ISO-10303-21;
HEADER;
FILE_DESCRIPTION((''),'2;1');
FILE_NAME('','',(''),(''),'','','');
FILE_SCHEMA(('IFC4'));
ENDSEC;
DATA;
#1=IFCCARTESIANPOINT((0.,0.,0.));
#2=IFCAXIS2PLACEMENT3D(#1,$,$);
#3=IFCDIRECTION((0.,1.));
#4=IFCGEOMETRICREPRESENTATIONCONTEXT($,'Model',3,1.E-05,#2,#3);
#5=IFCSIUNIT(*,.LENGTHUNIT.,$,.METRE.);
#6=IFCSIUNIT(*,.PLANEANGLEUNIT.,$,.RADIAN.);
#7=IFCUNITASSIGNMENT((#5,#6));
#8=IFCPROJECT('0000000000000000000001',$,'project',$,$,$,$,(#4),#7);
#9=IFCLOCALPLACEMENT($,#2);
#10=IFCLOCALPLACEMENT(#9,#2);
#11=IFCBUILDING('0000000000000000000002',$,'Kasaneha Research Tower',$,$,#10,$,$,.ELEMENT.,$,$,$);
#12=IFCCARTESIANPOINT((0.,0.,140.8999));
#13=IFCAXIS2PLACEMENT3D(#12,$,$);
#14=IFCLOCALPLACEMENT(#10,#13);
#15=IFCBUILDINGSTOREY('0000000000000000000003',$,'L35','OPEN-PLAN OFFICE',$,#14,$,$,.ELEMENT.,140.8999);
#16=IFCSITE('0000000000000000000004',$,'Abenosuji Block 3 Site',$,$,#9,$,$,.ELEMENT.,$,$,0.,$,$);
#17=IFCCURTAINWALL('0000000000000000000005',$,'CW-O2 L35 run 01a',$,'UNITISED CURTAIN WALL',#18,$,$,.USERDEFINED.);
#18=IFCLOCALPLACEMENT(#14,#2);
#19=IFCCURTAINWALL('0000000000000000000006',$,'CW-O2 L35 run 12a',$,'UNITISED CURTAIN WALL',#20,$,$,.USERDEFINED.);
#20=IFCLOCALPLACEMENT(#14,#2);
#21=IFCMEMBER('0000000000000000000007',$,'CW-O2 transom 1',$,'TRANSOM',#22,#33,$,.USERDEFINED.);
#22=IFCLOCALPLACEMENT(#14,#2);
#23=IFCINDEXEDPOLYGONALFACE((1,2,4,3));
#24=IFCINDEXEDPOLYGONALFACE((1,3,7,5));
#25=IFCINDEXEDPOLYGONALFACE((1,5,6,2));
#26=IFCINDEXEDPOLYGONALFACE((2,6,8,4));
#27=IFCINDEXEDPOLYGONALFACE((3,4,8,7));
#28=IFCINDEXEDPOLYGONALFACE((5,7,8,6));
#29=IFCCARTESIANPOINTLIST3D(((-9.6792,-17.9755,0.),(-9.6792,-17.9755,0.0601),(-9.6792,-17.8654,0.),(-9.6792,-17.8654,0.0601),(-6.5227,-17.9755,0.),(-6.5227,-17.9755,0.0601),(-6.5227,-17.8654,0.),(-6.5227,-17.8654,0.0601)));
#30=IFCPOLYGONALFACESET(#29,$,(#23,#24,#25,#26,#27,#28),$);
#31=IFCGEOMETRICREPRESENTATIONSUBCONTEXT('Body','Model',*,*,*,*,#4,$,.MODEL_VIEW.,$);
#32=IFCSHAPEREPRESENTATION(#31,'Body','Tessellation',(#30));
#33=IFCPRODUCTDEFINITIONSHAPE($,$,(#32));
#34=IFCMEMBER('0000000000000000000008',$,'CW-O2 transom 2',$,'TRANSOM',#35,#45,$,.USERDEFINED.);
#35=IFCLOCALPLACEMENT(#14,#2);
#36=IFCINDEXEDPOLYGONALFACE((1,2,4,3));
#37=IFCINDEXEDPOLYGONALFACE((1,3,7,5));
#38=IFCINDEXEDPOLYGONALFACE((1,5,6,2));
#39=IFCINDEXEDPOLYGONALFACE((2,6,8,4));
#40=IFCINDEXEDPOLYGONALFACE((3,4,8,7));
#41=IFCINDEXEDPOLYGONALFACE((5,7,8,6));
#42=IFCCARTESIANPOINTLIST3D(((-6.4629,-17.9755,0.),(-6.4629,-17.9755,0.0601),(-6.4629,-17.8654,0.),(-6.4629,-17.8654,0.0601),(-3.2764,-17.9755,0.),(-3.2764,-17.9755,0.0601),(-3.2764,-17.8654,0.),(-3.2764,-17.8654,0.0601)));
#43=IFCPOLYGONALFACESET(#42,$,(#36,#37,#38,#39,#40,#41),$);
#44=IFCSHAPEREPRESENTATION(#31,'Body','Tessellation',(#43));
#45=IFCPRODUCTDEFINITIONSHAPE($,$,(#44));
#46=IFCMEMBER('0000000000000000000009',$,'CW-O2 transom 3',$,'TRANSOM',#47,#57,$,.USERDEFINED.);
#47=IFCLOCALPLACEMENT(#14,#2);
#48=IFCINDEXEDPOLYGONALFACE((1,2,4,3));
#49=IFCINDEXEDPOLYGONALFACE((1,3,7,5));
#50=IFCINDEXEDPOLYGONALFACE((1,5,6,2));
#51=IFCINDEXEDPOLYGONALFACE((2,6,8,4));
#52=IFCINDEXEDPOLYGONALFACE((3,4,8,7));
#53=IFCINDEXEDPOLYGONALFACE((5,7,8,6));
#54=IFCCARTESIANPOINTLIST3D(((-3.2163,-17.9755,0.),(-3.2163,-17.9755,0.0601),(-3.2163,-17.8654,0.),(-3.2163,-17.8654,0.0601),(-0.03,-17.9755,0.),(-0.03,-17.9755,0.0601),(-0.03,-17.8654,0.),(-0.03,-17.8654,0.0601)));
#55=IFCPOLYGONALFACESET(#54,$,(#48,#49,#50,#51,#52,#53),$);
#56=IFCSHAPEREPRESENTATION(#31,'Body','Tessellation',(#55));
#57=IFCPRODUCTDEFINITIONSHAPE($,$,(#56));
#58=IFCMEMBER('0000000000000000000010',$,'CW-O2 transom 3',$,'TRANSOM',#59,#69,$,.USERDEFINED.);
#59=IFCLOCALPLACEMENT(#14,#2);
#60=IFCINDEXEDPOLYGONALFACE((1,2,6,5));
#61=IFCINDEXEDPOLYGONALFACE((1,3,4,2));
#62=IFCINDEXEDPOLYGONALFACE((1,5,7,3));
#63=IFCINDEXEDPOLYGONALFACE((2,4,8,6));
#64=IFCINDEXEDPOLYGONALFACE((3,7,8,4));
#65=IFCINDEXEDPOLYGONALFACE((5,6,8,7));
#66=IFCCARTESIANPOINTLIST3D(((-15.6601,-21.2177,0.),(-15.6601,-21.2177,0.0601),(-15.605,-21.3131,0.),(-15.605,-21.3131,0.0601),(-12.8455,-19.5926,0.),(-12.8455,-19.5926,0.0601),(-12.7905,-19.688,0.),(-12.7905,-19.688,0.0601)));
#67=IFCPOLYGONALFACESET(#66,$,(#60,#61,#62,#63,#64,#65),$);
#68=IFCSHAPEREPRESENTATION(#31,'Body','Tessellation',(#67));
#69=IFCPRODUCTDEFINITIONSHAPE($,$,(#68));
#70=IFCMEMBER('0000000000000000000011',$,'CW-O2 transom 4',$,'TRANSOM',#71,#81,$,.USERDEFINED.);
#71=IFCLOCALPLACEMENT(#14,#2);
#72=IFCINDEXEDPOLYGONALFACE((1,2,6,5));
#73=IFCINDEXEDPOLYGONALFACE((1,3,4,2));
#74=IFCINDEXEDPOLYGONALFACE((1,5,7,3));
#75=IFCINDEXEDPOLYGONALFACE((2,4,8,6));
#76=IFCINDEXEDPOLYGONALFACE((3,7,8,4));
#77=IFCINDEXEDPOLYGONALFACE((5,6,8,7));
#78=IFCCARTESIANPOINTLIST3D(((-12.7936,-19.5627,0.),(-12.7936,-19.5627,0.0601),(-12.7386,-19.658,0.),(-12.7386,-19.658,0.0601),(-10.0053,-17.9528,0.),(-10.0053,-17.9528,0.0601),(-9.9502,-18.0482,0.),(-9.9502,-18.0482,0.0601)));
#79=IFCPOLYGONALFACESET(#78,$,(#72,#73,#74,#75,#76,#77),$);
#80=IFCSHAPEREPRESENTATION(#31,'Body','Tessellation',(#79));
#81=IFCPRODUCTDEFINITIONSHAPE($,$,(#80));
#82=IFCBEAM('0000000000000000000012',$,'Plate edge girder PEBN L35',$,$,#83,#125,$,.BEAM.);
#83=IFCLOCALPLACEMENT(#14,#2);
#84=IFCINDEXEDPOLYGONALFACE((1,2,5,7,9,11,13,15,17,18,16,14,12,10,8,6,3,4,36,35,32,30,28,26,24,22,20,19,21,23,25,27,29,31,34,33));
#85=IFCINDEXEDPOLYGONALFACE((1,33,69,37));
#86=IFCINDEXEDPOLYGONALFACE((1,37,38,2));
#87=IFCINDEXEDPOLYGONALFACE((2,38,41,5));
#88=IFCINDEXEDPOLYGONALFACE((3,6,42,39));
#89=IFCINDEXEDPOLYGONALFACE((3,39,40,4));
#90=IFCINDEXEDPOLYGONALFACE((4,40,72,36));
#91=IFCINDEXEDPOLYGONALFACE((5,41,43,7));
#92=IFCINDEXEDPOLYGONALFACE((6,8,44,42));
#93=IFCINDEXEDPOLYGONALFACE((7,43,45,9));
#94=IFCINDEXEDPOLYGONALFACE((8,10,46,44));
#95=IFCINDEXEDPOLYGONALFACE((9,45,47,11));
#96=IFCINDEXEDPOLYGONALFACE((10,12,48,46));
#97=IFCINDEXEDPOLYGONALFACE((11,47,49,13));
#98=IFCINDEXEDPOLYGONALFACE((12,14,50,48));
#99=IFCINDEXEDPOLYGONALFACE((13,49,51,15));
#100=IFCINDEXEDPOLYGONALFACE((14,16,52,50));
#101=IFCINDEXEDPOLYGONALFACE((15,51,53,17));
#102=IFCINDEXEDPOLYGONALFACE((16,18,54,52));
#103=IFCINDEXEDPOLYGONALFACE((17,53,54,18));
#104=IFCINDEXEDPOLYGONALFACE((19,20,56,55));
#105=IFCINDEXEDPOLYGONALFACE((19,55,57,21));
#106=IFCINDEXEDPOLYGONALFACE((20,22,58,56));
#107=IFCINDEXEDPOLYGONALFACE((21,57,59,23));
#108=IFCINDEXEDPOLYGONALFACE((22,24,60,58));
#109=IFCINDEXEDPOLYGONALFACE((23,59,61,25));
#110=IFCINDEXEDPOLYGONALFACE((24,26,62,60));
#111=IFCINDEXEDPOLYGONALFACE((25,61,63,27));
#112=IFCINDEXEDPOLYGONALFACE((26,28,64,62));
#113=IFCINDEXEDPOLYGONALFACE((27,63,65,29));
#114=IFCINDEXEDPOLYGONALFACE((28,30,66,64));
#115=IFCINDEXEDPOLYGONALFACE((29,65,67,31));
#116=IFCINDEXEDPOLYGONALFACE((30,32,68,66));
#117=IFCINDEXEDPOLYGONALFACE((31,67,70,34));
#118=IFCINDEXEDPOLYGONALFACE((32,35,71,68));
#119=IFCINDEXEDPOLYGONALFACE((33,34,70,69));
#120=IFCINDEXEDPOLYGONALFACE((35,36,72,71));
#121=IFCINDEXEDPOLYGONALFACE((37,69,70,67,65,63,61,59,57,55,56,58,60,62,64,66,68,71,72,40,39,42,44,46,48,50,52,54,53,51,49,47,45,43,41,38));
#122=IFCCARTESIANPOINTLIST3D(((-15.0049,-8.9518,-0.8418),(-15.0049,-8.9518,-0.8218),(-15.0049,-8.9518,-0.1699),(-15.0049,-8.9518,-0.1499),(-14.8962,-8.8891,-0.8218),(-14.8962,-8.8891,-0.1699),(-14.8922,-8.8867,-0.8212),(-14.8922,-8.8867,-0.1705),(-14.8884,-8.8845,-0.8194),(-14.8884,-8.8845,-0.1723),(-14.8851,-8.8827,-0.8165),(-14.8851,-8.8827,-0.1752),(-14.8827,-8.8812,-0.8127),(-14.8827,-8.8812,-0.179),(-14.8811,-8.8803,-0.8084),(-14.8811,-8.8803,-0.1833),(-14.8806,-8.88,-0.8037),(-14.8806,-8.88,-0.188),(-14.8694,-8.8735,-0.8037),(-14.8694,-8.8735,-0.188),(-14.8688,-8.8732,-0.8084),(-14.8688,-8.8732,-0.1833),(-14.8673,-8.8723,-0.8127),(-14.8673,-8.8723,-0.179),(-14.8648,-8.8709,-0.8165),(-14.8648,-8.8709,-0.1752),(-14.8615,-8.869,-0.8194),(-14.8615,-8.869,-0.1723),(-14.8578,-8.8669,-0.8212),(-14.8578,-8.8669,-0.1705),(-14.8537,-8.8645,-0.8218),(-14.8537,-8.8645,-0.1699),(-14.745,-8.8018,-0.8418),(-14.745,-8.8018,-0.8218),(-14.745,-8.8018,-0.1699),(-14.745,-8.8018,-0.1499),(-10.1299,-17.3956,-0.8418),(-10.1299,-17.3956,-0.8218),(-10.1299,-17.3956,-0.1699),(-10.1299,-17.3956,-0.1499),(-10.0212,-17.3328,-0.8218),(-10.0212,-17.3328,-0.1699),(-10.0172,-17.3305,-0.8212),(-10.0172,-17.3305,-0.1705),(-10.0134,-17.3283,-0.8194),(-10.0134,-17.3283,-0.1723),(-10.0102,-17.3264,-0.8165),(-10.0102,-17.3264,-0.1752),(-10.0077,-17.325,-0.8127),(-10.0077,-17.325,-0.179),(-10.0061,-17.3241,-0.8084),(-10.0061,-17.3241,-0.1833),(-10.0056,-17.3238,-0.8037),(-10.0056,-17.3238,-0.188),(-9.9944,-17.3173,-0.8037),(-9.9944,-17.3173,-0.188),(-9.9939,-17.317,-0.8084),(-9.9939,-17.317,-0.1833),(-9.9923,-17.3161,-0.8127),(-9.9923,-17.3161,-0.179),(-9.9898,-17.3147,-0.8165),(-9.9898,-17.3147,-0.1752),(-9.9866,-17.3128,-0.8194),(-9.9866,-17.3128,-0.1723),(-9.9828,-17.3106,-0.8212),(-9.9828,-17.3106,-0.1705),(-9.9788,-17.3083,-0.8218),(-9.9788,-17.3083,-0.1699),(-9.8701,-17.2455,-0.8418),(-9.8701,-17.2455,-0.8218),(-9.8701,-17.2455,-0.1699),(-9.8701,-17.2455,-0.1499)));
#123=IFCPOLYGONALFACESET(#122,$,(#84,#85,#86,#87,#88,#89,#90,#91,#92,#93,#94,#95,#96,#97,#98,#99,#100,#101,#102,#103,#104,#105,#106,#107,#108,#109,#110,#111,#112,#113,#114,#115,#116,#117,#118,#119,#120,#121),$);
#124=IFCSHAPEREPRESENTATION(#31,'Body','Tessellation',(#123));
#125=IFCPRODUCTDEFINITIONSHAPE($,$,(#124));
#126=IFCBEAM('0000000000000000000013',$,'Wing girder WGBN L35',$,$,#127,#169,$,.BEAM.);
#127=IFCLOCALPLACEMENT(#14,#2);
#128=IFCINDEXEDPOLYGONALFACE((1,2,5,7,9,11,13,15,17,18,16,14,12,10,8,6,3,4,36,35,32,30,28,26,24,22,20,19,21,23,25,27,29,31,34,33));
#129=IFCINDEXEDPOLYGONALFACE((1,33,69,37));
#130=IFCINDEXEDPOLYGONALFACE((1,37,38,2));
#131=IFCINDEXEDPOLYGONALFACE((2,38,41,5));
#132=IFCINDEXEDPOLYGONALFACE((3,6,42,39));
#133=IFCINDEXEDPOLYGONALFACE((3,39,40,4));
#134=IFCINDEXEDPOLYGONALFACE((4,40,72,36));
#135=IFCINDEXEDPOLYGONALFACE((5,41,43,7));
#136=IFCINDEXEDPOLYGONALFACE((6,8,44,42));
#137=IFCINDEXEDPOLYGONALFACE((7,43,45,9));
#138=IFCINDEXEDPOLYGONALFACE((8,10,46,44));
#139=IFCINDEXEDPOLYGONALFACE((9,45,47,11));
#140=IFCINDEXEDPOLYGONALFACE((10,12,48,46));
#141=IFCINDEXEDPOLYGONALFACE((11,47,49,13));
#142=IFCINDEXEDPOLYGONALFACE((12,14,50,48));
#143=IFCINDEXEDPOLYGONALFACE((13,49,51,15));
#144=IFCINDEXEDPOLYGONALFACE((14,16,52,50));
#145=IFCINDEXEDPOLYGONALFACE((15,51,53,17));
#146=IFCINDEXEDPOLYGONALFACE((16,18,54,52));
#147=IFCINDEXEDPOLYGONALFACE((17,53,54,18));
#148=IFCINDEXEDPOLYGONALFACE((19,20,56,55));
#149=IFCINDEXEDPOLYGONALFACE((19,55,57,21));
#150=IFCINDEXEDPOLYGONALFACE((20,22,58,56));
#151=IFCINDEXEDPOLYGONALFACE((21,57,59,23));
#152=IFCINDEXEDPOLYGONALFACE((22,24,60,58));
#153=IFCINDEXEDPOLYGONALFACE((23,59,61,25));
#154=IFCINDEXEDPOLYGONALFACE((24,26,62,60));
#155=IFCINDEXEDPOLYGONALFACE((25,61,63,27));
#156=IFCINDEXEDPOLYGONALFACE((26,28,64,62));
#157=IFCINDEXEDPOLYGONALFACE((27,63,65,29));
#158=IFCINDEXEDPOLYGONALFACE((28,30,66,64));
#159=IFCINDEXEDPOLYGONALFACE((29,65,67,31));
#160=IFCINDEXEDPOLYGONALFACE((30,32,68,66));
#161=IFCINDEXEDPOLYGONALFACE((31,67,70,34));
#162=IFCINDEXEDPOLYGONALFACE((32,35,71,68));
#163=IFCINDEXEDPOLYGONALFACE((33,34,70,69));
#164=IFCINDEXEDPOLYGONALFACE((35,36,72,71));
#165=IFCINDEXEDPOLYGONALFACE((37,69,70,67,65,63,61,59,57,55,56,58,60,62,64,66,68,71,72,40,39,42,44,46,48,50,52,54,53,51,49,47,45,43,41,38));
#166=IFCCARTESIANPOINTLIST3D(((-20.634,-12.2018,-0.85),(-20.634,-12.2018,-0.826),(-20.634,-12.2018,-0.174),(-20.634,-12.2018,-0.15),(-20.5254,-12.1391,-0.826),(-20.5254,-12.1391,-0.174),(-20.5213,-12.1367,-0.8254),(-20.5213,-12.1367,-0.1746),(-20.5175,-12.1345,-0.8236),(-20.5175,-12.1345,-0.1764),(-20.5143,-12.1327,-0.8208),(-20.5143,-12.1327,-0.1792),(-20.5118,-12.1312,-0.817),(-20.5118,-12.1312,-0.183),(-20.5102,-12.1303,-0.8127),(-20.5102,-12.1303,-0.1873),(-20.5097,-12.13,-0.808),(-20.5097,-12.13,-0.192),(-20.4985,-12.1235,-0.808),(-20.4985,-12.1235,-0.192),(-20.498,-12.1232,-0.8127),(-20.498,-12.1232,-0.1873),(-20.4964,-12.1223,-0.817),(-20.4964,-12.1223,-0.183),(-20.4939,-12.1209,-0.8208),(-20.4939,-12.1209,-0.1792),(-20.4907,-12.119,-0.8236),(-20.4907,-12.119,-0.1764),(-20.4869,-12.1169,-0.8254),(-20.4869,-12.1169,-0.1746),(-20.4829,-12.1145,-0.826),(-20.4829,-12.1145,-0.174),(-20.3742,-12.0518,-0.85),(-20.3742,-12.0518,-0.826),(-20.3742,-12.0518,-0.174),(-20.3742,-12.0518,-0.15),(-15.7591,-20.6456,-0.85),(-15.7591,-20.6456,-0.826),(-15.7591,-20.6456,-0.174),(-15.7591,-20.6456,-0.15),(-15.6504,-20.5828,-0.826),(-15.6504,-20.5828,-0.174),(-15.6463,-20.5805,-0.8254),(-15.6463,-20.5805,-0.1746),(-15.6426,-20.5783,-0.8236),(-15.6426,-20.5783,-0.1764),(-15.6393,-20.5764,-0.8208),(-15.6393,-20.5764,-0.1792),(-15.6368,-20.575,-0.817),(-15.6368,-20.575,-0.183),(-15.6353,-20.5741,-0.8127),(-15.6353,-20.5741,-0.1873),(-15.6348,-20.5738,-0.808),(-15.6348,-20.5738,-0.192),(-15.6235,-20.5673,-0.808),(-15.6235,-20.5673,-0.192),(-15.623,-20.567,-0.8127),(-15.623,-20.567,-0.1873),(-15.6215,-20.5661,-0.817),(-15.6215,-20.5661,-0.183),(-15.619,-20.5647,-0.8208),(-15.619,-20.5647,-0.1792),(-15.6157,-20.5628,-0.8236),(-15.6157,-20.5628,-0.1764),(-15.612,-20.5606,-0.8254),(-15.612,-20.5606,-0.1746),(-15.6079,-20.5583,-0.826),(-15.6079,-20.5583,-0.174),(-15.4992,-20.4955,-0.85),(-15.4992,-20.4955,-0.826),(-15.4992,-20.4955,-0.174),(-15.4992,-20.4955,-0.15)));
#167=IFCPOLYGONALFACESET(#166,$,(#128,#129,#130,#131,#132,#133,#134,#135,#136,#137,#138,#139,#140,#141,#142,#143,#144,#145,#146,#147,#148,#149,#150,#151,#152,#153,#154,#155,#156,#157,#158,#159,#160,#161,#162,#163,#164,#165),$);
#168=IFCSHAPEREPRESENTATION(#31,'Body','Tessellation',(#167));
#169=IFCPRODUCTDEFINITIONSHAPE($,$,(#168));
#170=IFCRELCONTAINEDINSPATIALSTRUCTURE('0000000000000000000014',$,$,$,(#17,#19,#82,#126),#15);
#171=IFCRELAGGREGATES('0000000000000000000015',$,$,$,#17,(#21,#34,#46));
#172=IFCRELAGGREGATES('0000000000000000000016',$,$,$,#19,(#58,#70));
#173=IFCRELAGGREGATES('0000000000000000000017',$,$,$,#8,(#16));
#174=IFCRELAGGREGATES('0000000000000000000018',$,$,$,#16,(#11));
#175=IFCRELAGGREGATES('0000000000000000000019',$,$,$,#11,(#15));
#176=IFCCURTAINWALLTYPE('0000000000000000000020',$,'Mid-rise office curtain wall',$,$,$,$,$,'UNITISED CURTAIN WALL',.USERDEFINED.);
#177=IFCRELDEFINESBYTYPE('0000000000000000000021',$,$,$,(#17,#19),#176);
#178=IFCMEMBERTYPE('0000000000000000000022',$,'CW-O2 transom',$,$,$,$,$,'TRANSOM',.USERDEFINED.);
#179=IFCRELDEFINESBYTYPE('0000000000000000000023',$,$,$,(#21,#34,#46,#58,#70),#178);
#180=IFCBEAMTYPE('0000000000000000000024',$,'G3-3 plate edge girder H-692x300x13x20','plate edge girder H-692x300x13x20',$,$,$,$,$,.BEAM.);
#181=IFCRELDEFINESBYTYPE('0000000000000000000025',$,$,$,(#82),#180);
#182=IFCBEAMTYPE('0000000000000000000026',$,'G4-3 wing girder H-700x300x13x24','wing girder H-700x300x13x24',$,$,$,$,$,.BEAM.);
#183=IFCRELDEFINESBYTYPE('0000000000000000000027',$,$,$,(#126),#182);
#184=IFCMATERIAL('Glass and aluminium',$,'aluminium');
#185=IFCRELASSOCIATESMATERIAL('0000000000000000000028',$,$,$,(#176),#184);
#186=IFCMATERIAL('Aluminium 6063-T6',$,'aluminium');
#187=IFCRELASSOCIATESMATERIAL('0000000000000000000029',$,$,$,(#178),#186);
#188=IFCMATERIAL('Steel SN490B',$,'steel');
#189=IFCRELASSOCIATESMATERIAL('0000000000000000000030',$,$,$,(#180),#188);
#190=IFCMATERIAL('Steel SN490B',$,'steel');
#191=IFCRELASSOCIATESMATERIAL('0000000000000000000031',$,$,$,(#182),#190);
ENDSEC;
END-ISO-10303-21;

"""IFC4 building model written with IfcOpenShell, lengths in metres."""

from ifc_helpers import new_model, si_unit, direction, frame, origin, origin_2d, place, context, subcontext, project, spatial, rectangle, i_section, extrude, material, material_profile, profile_set, type_object, element, aggregate, save


model = new_model("IFC4")

# Units and contexts
model_context = context("Model", 3, precision=1e-05, world=origin(), true_north=direction((0.0, 1.0)))
body_context = subcontext(model_context, "Body", "Model", "MODEL_VIEW")
ifc_project = project(units=[si_unit("LENGTHUNIT", "METRE"), si_unit("PLANEANGLEUNIT", "RADIAN")], contexts=[model_context])

# Site, building, storey
site_placement = place(None, origin())
site = spatial("IfcSite", under=ifc_project, at=site_placement, Name="Abenosuji Block 3 Site", CompositionType="ELEMENT", RefElevation=0.0)
building_placement = place(site_placement, origin())
building = spatial("IfcBuilding", under=site, at=building_placement, Name="Kasaneha Research Tower", CompositionType="ELEMENT")
storey_placement = place(building_placement, frame((0.0, 0.0, 140.8999)))
storey = spatial("IfcBuildingStorey", under=building, at=storey_placement, Name="L35", Description="OPEN-PLAN OFFICE", CompositionType="ELEMENT", Elevation=140.8999)

# Curtain walls
ifc_material_1 = material(Name="Glass and aluminium", Category="aluminium")
curtain_wall_type = type_object("IfcCurtainWallType", Name="Mid-rise office curtain wall", ElementType="UNITISED CURTAIN WALL", PredefinedType="USERDEFINED", material=ifc_material_1)
curtain_wall_1_placement = place(storey_placement, origin())
curtain_wall_1 = element("IfcCurtainWall", 1, at=curtain_wall_1_placement, inside=storey, type_object=curtain_wall_type, Name="CW-O2 L35 run 01a", ObjectType="UNITISED CURTAIN WALL", PredefinedType="USERDEFINED")
curtain_wall_2_placement = place(storey_placement, origin())
curtain_wall_2 = element("IfcCurtainWall", 2, at=curtain_wall_2_placement, inside=storey, type_object=curtain_wall_type, Name="CW-O2 L35 run 12a", ObjectType="UNITISED CURTAIN WALL", PredefinedType="USERDEFINED")

# Members
ifc_material_2 = material(Name="Aluminium 6063-T6", Category="aluminium")
ifc_material_profile_1 = material_profile(ifc_material_2, rectangle(XDim=0.1101, YDim=0.0601, at=origin_2d()), Name="CW-O2 transom 110x60")
ifc_profile_set_1 = profile_set([ifc_material_profile_1], Name="Aluminium 6063-T6")
member_type_1 = type_object("IfcMemberType", Name="CW-O2 transom", ElementType="TRANSOM", PredefinedType="USERDEFINED", material=ifc_profile_set_1)
member_1_placement = place(storey_placement, frame((-9.6792, -17.9204, 0.03), z_axis=(1.0, 0.0, 0.0), x_axis=(0.0, 1.0, 0.0)))
member_1 = element("IfcMember", 3, at=member_1_placement, type_object=member_type_1, Name="CW-O2 transom 1", ObjectType="TRANSOM", PredefinedType="USERDEFINED", context=body_context, shape_type="SweptSolid", body=[
    extrude(rectangle(XDim=0.1101, YDim=0.0601, at=origin_2d()), origin(), (0.0, 0.0, 1.0), 3.1565),
])
member_2_placement = place(storey_placement, frame((-6.4629, -17.9204, 0.03), z_axis=(1.0, 0.0, 0.0), x_axis=(0.0, 1.0, 0.0)))
member_2 = element("IfcMember", 4, at=member_2_placement, type_object=member_type_1, Name="CW-O2 transom 2", ObjectType="TRANSOM", PredefinedType="USERDEFINED", context=body_context, shape_type="SweptSolid", body=[
    extrude(rectangle(XDim=0.1101, YDim=0.0601, at=origin_2d()), origin(), (0.0, 0.0, 1.0), 3.1865),
])
member_3_placement = place(storey_placement, frame((-3.2163, -17.9204, 0.03), z_axis=(1.0, 0.0, 0.0), x_axis=(0.0, 1.0, 0.0)))
member_3 = element("IfcMember", 5, at=member_3_placement, type_object=member_type_1, Name="CW-O2 transom 3", ObjectType="TRANSOM", PredefinedType="USERDEFINED", context=body_context, shape_type="SweptSolid", body=[
    extrude(rectangle(XDim=0.1101, YDim=0.0601, at=origin_2d()), origin(), (0.0, 0.0, 1.0), 3.1863),
])
member_4_placement = place(storey_placement, frame((-15.6326, -21.2654, 0.03), z_axis=(0.866015, 0.500017, 0.0), x_axis=(-0.500017, 0.866015, 0.0)))
member_4 = element("IfcMember", 6, at=member_4_placement, type_object=member_type_1, Name="CW-O2 transom 3", ObjectType="TRANSOM", PredefinedType="USERDEFINED", context=body_context, shape_type="SweptSolid", body=[
    extrude(rectangle(XDim=0.1101, YDim=0.0601, at=origin_2d()), origin(), (0.0, 0.0, 1.0), 3.25),
])
member_5_placement = place(storey_placement, frame((-12.7661, -19.6104, 0.03), z_axis=(0.866023, 0.500005, 0.0), x_axis=(-0.500005, 0.866023, 0.0)))
member_5 = element("IfcMember", 7, at=member_5_placement, type_object=member_type_1, Name="CW-O2 transom 4", ObjectType="TRANSOM", PredefinedType="USERDEFINED", context=body_context, shape_type="SweptSolid", body=[
    extrude(rectangle(XDim=0.1101, YDim=0.0601, at=origin_2d()), origin(), (0.0, 0.0, 1.0), 3.2197),
])

# Beams
ifc_material_3 = material(Name="Steel SN490B", Category="steel")
ifc_material_profile_2 = material_profile(ifc_material_3, i_section(OverallWidth=0.3, OverallDepth=0.6919, WebThickness=0.0129, FlangeThickness=0.02, FilletRadius=0.0181, at=origin_2d()), Name="H-692x300x13x20")
ifc_profile_set_2 = profile_set([ifc_material_profile_2], Name="Steel SN490B")
beam_type_1 = type_object("IfcBeamType", Name="G3-3 plate edge girder H-692x300x13x20", Description="plate edge girder H-692x300x13x20", PredefinedType="BEAM", material=ifc_profile_set_2)
beam_1_placement = place(storey_placement, frame((-10.0, -17.3206, -0.4958), z_axis=(-0.499996, 0.866028, 0.0), x_axis=(-0.866028, -0.499996, 0.0)))
element("IfcBeam", 8, at=beam_1_placement, inside=storey, type_object=beam_type_1, Name="Plate edge girder PEBN L35", PredefinedType="BEAM", context=body_context, shape_type="SweptSolid", body=[
    extrude(i_section(OverallWidth=0.3, OverallDepth=0.6919, WebThickness=0.0129, FlangeThickness=0.02, FilletRadius=0.0181, at=origin_2d()), origin(), (0.0, 0.0, 1.0), 9.75),
])
ifc_material_4 = material(Name="Steel SN490B", Category="steel")
ifc_material_profile_3 = material_profile(ifc_material_4, i_section(OverallWidth=0.3, OverallDepth=0.7, WebThickness=0.0129, FlangeThickness=0.0239, FilletRadius=0.0181, at=origin_2d()), Name="H-700x300x13x24")
ifc_profile_set_3 = profile_set([ifc_material_profile_3], Name="Steel SN490B")
beam_type_2 = type_object("IfcBeamType", Name="G4-3 wing girder H-700x300x13x24", Description="wing girder H-700x300x13x24", PredefinedType="BEAM", material=ifc_profile_set_3)
beam_2_placement = place(storey_placement, frame((-15.6292, -20.5706, -0.5), z_axis=(-0.499996, 0.866028, 0.0), x_axis=(-0.866028, -0.499996, 0.0)))
element("IfcBeam", 9, at=beam_2_placement, inside=storey, type_object=beam_type_2, Name="Wing girder WGBN L35", PredefinedType="BEAM", context=body_context, shape_type="SweptSolid", body=[
    extrude(i_section(OverallWidth=0.3, OverallDepth=0.7, WebThickness=0.0129, FlangeThickness=0.0239, FilletRadius=0.0181, at=origin_2d()), origin(), (0.0, 0.0, 1.0), 9.75),
])

aggregate(curtain_wall_1, [member_1, member_2, member_3])
aggregate(curtain_wall_2, [member_4, member_5])

save(model, "model.ifc")
